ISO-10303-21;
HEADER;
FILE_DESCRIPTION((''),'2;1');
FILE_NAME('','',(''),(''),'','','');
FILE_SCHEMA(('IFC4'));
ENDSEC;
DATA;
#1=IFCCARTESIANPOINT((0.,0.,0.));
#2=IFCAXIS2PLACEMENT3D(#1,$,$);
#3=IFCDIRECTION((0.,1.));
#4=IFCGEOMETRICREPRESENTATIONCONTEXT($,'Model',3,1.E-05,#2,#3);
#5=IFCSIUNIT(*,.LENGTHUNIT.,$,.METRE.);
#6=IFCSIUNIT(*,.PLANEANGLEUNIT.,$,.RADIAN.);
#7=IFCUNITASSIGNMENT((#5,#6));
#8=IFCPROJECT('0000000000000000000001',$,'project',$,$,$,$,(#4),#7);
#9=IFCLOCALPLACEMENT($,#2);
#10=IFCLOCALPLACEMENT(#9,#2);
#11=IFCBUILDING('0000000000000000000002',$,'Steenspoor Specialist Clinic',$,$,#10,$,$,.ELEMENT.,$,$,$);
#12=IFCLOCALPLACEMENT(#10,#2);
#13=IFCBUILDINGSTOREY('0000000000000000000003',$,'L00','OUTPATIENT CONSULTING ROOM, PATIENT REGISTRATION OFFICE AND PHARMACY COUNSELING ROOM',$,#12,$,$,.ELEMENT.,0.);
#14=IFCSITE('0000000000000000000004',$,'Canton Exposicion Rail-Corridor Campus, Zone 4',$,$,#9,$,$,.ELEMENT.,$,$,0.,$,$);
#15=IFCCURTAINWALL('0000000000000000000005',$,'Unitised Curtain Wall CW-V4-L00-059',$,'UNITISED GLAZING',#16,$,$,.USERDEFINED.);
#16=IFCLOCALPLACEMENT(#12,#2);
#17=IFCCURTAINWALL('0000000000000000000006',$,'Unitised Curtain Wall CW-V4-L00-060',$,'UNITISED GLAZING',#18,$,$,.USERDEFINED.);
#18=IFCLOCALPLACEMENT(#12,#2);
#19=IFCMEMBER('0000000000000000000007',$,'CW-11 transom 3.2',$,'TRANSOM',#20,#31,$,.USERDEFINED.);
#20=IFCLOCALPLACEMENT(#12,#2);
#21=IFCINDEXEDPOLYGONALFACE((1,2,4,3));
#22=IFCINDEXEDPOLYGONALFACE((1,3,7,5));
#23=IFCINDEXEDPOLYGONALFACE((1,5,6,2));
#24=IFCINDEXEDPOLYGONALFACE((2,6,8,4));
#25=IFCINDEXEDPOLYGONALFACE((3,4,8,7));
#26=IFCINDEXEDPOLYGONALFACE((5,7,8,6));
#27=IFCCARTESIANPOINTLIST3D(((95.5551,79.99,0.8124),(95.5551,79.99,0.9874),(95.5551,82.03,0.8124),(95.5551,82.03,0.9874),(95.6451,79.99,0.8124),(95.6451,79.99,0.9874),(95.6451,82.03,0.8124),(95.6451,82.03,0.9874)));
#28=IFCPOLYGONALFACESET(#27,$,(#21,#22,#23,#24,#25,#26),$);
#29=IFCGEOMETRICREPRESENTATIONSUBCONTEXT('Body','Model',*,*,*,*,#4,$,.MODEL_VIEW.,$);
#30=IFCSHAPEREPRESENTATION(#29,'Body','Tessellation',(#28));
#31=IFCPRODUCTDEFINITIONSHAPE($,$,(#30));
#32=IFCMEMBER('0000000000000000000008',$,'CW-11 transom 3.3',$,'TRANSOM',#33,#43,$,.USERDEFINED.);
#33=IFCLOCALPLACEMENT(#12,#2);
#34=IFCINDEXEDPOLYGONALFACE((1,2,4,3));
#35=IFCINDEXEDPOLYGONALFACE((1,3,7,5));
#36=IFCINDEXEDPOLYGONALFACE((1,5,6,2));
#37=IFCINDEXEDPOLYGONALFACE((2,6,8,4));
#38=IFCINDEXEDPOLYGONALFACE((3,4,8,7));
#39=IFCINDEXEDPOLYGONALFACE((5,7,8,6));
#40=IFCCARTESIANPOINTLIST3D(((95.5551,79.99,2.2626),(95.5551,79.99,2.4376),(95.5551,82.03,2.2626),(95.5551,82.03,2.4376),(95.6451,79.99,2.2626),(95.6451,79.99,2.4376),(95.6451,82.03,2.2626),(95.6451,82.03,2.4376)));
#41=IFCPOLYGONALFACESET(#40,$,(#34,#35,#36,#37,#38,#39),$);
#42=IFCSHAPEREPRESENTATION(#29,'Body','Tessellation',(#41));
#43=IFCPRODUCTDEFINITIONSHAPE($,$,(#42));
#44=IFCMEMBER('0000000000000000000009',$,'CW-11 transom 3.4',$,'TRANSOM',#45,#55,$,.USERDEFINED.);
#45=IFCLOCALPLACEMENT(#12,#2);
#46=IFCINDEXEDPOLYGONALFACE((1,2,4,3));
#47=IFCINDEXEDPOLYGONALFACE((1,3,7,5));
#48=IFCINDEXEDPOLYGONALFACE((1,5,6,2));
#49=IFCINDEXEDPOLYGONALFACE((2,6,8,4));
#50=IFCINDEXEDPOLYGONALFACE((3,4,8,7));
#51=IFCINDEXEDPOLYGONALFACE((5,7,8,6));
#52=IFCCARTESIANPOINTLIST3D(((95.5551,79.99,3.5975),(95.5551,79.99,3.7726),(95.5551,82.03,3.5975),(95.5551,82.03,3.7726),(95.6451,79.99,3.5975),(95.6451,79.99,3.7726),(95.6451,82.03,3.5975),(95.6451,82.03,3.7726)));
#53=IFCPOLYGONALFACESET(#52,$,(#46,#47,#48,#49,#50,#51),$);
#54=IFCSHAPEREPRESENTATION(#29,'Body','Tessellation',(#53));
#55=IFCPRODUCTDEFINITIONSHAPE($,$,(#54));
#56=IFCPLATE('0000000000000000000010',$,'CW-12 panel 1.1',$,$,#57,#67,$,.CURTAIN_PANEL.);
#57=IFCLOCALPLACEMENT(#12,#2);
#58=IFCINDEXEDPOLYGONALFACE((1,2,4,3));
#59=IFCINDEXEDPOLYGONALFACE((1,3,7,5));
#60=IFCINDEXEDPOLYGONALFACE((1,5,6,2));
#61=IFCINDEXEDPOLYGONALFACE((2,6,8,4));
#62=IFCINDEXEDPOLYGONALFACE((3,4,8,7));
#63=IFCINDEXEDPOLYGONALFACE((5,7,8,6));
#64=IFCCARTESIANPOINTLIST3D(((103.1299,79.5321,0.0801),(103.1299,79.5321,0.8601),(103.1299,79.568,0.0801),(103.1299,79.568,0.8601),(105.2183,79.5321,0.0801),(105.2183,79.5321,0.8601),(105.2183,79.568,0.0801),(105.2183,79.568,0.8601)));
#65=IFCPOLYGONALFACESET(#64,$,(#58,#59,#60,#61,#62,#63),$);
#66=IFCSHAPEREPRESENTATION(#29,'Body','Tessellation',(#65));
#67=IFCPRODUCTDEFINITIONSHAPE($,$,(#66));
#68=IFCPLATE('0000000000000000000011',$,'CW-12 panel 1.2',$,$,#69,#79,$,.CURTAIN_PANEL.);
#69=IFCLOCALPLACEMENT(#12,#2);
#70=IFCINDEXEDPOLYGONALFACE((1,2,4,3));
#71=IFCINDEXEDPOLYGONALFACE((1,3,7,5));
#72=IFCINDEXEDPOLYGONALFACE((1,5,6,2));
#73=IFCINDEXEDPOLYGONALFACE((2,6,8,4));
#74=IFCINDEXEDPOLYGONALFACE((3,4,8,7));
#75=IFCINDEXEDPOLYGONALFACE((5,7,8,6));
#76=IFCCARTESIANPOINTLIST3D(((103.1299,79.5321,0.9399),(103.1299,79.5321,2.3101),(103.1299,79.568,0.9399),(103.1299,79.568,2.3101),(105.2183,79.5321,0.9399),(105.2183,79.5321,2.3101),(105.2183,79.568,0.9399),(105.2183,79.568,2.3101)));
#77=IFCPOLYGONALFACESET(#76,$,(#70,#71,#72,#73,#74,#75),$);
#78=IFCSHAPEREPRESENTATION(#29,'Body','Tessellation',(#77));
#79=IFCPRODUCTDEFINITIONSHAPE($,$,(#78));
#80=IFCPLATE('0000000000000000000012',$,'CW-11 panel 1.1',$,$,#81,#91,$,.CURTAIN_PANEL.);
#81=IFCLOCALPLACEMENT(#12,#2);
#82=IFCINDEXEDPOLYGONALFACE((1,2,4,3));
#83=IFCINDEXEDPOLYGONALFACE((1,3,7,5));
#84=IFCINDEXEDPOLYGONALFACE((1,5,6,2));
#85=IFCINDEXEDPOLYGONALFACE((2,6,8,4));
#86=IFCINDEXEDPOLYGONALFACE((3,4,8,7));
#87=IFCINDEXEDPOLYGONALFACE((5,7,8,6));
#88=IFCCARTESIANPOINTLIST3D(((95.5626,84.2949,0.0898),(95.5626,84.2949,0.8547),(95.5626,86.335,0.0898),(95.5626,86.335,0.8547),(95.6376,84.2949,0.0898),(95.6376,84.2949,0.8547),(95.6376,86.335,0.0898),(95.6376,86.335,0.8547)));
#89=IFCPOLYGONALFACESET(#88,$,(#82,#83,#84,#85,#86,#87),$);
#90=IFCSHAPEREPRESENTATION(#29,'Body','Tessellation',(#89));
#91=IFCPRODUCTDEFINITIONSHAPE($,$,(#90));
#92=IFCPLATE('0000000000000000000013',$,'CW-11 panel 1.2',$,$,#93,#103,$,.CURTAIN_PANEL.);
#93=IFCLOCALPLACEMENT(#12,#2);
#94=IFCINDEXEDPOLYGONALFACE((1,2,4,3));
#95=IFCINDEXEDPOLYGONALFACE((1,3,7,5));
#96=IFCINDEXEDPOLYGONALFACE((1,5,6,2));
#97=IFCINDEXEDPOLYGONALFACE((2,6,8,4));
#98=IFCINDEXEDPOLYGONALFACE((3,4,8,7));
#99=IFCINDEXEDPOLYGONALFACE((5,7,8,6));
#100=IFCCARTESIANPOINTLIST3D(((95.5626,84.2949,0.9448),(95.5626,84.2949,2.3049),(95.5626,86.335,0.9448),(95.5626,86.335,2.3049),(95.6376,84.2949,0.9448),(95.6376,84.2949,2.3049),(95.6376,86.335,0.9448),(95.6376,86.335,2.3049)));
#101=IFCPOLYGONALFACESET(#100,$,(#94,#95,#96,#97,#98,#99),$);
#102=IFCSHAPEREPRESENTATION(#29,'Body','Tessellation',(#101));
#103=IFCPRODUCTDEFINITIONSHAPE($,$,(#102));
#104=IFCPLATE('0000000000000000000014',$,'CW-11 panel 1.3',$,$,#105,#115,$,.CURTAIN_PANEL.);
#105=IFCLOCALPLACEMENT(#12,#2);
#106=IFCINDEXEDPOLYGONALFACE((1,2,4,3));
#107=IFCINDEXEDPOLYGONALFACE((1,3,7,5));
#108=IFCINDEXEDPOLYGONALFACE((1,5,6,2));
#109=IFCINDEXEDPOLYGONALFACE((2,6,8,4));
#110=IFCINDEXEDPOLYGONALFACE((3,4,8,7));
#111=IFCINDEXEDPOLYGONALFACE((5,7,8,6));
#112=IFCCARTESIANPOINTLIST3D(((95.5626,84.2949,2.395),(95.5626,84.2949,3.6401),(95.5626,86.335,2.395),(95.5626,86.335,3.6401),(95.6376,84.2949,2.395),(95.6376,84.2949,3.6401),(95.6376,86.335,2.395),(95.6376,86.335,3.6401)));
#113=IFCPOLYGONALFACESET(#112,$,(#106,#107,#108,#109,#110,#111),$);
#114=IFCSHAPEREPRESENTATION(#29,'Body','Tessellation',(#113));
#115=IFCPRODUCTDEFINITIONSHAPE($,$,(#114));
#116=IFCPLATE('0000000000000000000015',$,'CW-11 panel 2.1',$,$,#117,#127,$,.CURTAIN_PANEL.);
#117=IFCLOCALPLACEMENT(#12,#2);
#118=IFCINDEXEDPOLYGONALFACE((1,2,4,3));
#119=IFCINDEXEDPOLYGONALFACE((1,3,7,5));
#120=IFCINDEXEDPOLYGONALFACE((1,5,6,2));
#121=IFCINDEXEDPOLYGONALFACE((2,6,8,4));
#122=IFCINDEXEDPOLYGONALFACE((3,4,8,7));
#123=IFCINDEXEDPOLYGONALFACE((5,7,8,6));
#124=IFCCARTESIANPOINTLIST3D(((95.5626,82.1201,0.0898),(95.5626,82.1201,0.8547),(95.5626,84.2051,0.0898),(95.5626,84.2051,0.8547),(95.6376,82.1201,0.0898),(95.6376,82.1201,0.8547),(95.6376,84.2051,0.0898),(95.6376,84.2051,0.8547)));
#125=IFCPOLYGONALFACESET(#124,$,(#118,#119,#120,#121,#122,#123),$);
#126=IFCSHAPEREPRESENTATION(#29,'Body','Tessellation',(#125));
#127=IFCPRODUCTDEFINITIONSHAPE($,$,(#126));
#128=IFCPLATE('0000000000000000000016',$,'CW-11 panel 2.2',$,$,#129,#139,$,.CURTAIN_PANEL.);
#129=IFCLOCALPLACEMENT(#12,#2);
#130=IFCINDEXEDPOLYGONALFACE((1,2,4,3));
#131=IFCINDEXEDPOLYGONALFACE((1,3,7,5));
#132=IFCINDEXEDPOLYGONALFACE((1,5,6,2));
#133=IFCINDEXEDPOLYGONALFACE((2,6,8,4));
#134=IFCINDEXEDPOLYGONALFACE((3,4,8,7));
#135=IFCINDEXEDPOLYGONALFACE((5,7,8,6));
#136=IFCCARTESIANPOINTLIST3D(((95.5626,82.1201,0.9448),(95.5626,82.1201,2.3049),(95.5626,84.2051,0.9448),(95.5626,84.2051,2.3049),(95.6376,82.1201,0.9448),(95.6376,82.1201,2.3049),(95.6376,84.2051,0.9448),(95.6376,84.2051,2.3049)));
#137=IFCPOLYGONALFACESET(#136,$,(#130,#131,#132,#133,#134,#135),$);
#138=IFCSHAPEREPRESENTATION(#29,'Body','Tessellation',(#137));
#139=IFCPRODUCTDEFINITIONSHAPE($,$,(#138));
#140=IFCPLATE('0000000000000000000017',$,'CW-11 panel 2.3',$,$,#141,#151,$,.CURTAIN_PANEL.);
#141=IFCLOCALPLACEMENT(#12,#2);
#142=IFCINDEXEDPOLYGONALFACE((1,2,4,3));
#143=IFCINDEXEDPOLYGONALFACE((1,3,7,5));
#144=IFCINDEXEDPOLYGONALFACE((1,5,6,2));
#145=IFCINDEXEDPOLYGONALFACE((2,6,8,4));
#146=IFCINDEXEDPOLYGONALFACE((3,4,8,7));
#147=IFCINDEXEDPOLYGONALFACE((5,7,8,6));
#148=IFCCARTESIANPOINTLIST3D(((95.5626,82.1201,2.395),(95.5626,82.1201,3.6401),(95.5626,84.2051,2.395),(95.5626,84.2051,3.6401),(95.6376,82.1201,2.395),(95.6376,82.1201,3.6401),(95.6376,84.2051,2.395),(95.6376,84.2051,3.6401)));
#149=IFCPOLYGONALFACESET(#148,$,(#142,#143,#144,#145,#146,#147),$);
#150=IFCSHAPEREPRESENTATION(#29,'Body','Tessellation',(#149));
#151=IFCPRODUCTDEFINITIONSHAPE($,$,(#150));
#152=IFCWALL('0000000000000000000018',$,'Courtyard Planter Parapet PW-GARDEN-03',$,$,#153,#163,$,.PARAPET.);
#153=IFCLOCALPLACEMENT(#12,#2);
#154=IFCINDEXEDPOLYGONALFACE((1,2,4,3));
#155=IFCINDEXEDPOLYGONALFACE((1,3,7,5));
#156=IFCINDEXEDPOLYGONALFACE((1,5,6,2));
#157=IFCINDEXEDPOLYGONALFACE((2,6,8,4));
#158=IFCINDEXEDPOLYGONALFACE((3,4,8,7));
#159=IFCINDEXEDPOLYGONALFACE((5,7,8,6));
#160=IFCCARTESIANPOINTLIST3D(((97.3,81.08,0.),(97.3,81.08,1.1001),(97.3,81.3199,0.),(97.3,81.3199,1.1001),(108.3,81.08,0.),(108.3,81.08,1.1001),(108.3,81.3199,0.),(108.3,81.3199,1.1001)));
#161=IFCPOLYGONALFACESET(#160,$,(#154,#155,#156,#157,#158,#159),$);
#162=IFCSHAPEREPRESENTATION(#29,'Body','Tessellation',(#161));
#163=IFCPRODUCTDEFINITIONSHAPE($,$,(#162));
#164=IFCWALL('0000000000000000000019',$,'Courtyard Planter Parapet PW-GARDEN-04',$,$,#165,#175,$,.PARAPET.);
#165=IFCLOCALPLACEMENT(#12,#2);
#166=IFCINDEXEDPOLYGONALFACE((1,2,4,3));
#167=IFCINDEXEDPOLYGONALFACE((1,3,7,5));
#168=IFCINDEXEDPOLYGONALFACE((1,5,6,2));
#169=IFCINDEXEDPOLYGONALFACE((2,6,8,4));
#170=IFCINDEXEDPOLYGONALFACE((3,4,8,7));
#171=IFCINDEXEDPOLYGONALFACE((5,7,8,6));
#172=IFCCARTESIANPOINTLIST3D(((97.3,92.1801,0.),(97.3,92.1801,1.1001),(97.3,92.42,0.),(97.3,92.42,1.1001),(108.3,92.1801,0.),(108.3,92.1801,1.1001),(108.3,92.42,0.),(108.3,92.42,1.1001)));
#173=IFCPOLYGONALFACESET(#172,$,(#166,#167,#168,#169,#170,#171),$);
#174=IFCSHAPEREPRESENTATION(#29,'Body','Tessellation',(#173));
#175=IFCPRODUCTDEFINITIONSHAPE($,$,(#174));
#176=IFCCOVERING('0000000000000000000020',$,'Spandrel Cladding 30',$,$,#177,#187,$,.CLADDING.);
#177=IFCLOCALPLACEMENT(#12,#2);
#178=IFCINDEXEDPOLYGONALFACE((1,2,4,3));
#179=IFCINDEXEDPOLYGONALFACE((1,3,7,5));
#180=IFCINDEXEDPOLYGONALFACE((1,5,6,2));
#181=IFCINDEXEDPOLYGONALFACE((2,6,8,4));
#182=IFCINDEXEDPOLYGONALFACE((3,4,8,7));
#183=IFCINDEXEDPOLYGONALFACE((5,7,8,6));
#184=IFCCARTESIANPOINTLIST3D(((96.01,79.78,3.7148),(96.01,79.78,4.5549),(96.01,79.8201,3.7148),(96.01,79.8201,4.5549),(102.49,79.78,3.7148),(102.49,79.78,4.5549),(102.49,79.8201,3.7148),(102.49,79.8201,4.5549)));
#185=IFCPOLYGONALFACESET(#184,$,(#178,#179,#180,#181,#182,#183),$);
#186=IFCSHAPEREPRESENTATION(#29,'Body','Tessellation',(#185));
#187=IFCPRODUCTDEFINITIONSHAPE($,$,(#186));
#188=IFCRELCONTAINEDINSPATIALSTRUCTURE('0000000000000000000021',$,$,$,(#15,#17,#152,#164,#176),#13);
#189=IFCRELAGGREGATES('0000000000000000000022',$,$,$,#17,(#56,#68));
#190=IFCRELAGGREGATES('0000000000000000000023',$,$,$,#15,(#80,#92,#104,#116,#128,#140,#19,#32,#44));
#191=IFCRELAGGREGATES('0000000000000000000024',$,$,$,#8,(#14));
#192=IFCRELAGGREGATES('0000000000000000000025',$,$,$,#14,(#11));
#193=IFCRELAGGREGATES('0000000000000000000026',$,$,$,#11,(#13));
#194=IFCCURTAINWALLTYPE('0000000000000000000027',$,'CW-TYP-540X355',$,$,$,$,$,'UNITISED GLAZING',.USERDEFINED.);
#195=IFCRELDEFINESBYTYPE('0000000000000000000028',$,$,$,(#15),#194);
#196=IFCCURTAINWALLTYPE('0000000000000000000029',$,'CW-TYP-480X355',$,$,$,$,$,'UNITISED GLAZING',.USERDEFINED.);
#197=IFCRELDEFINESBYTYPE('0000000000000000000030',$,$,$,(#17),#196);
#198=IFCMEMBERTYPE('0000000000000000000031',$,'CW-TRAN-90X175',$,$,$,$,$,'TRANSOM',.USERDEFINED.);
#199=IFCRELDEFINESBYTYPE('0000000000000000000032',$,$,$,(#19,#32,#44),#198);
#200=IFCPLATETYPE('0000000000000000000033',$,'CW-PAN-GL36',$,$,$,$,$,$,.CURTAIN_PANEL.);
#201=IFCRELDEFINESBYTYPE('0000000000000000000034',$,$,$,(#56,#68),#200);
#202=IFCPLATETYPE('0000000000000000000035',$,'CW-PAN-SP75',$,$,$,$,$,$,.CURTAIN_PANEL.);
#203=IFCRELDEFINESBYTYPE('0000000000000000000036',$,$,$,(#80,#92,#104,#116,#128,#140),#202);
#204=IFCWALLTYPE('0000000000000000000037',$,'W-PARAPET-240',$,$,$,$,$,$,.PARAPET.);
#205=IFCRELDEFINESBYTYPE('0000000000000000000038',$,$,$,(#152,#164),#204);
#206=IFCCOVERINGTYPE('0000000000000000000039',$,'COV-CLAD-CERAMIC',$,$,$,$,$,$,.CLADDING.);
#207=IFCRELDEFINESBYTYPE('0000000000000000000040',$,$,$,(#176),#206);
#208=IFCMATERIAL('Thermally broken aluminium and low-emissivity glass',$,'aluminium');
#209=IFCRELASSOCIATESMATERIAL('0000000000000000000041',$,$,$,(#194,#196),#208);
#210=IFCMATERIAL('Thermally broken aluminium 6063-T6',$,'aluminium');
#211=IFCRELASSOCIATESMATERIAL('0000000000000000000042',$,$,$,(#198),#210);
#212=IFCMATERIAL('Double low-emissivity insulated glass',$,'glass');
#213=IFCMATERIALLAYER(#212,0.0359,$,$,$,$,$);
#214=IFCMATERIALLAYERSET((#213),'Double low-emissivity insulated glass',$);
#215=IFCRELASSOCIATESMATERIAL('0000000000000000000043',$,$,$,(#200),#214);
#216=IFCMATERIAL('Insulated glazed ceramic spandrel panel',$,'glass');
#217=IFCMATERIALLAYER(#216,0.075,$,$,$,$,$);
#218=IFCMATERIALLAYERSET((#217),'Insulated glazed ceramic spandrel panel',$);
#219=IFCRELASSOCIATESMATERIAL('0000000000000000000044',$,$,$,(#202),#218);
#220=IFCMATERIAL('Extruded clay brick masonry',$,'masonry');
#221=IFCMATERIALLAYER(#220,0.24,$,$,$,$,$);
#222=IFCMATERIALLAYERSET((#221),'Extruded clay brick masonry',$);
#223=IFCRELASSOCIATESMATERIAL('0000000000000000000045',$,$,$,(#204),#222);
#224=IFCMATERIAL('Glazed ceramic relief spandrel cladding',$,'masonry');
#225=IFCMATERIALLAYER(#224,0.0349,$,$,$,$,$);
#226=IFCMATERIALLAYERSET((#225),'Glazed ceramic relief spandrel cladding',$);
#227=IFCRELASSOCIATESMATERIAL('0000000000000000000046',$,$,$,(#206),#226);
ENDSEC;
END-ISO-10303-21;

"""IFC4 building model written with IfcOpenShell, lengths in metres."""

from ifc_helpers import new_model, si_unit, direction, frame, frame_2d, origin, origin_2d, place, context, subcontext, project, spatial, rectangle, extrude, material, layer, layer_set, material_profile, profile_set, type_object, element, aggregate, save


model = new_model("IFC4")

# Units and contexts
model_context = context("Model", 3, precision=1e-05, world=origin(), true_north=direction((0.0, 1.0)))
body_context = subcontext(model_context, "Body", "Model", "MODEL_VIEW")
ifc_project = project(units=[si_unit("LENGTHUNIT", "METRE"), si_unit("PLANEANGLEUNIT", "RADIAN")], contexts=[model_context])

# Site, building, storey
site_placement = place(None, origin())
site = spatial("IfcSite", under=ifc_project, at=site_placement, Name="Canton Exposicion Rail-Corridor Campus, Zone 4", CompositionType="ELEMENT", RefElevation=0.0)
building_placement = place(site_placement, origin())
building = spatial("IfcBuilding", under=site, at=building_placement, Name="Steenspoor Specialist Clinic", CompositionType="ELEMENT")
storey_placement = place(building_placement, origin())
storey = spatial("IfcBuildingStorey", under=building, at=storey_placement, Name="L00", Description="OUTPATIENT CONSULTING ROOM, PATIENT REGISTRATION OFFICE AND PHARMACY COUNSELING ROOM", CompositionType="ELEMENT", Elevation=0.0)

# Curtain walls
ifc_material_1 = material(Name="Thermally broken aluminium and low-emissivity glass", Category="aluminium")
curtain_wall_type_1 = type_object("IfcCurtainWallType", Name="CW-TYP-540X355", ElementType="UNITISED GLAZING", PredefinedType="USERDEFINED", material=ifc_material_1)
curtain_wall_1_placement = place(storey_placement, origin())
curtain_wall_1 = element("IfcCurtainWall", 1, at=curtain_wall_1_placement, inside=storey, type_object=curtain_wall_type_1, Name="Unitised Curtain Wall CW-V4-L00-059", ObjectType="UNITISED GLAZING", PredefinedType="USERDEFINED")
ifc_material_2 = material(Name="Thermally broken aluminium 6063-T6", Category="aluminium")
curtain_wall_type_2 = type_object("IfcCurtainWallType", Name="CW-TYP-480X355", ElementType="UNITISED GLAZING", PredefinedType="USERDEFINED", material=ifc_material_1)
curtain_wall_2_placement = place(storey_placement, origin())
curtain_wall_2 = element("IfcCurtainWall", 2, at=curtain_wall_2_placement, inside=storey, type_object=curtain_wall_type_2, Name="Unitised Curtain Wall CW-V4-L00-060", ObjectType="UNITISED GLAZING", PredefinedType="USERDEFINED")

# Members
ifc_material_profile_1 = material_profile(ifc_material_2, rectangle(XDim=0.0901, YDim=0.175, at=origin_2d()), Name="CWT-90X175")
ifc_profile_set_1 = profile_set([ifc_material_profile_1], Name="Thermally broken aluminium 6063-T6")
member_type_1 = type_object("IfcMemberType", Name="CW-TRAN-90X175", ElementType="TRANSOM", PredefinedType="USERDEFINED", material=ifc_profile_set_1)
member_1_placement = place(storey_placement, frame((95.6001, 82.03, 0.8999), z_axis=(0.0, -1.0, 0.0), x_axis=(1.0, 0.0, 0.0)))
member_1 = element("IfcMember", 3, at=member_1_placement, type_object=member_type_1, Name="CW-11 transom 3.2", ObjectType="TRANSOM", PredefinedType="USERDEFINED", context=body_context, shape_type="SweptSolid", body=[
    extrude(rectangle(XDim=0.0901, YDim=0.175, at=origin_2d()), origin(), (0.0, 0.0, 1.0), 2.04),
])
member_2_placement = place(storey_placement, frame((95.6001, 82.03, 2.3501), z_axis=(0.0, -1.0, 0.0), x_axis=(1.0, 0.0, 0.0)))
member_2 = element("IfcMember", 4, at=member_2_placement, type_object=member_type_1, Name="CW-11 transom 3.3", ObjectType="TRANSOM", PredefinedType="USERDEFINED", context=body_context, shape_type="SweptSolid", body=[
    extrude(rectangle(XDim=0.0901, YDim=0.175, at=origin_2d()), origin(), (0.0, 0.0, 1.0), 2.04),
])
member_3_placement = place(storey_placement, frame((95.6001, 82.03, 3.6851), z_axis=(0.0, -1.0, 0.0), x_axis=(1.0, 0.0, 0.0)))
member_3 = element("IfcMember", 5, at=member_3_placement, type_object=member_type_1, Name="CW-11 transom 3.4", ObjectType="TRANSOM", PredefinedType="USERDEFINED", context=body_context, shape_type="SweptSolid", body=[
    extrude(rectangle(XDim=0.0901, YDim=0.175, at=origin_2d()), origin(), (0.0, 0.0, 1.0), 2.04),
])

# Plates
ifc_material_3 = material(Name="Double low-emissivity insulated glass", Category="glass")
ifc_layer_1 = layer(ifc_material_3, 0.0359)
ifc_layer_set_1 = layer_set([ifc_layer_1], Name="Double low-emissivity insulated glass")
plate_type_1 = type_object("IfcPlateType", Name="CW-PAN-GL36", PredefinedType="CURTAIN_PANEL", material=ifc_layer_set_1)
plate_1_placement = place(storey_placement, frame((104.1741, 79.55, 0.0801), z_axis=(0.0, 0.0, 1.0), x_axis=(1.0, 0.0, 0.0)))
plate_1 = element("IfcPlate", 6, at=plate_1_placement, type_object=plate_type_1, Name="CW-12 panel 1.1", PredefinedType="CURTAIN_PANEL", context=body_context, shape_type="SweptSolid", body=[
    extrude(rectangle(XDim=2.0884, YDim=0.0359, at=origin_2d()), origin(), (0.0, 0.0, 1.0), 0.78),
])
plate_2_placement = place(storey_placement, frame((104.1741, 79.55, 0.9399), z_axis=(0.0, 0.0, 1.0), x_axis=(1.0, 0.0, 0.0)))
plate_2 = element("IfcPlate", 7, at=plate_2_placement, type_object=plate_type_1, Name="CW-12 panel 1.2", PredefinedType="CURTAIN_PANEL", context=body_context, shape_type="SweptSolid", body=[
    extrude(rectangle(XDim=2.0884, YDim=0.0359, at=origin_2d()), origin(), (0.0, 0.0, 1.0), 1.3701),
])
aggregate(curtain_wall_2, [plate_1, plate_2])
ifc_material_4 = material(Name="Insulated glazed ceramic spandrel panel", Category="glass")
ifc_layer_2 = layer(ifc_material_4, 0.075)
ifc_layer_set_2 = layer_set([ifc_layer_2], Name="Insulated glazed ceramic spandrel panel")
plate_type_2 = type_object("IfcPlateType", Name="CW-PAN-SP75", PredefinedType="CURTAIN_PANEL", material=ifc_layer_set_2)
plate_3_placement = place(storey_placement, frame((95.6001, 85.3149, 0.0898), z_axis=(0.0, 0.0, 1.0), x_axis=(0.0, -1.0, 0.0)))
plate_3 = element("IfcPlate", 8, at=plate_3_placement, type_object=plate_type_2, Name="CW-11 panel 1.1", PredefinedType="CURTAIN_PANEL", context=body_context, shape_type="SweptSolid", body=[
    extrude(rectangle(XDim=2.04, YDim=0.075, at=origin_2d()), origin(), (0.0, 0.0, 1.0), 0.7649),
])
plate_4_placement = place(storey_placement, frame((95.6001, 85.3149, 0.9448), z_axis=(0.0, 0.0, 1.0), x_axis=(0.0, -1.0, 0.0)))
plate_4 = element("IfcPlate", 9, at=plate_4_placement, type_object=plate_type_2, Name="CW-11 panel 1.2", PredefinedType="CURTAIN_PANEL", context=body_context, shape_type="SweptSolid", body=[
    extrude(rectangle(XDim=2.04, YDim=0.075, at=origin_2d()), origin(), (0.0, 0.0, 1.0), 1.3601),
])
plate_5_placement = place(storey_placement, frame((95.6001, 85.3149, 2.395), z_axis=(0.0, 0.0, 1.0), x_axis=(0.0, -1.0, 0.0)))
plate_5 = element("IfcPlate", 10, at=plate_5_placement, type_object=plate_type_2, Name="CW-11 panel 1.3", PredefinedType="CURTAIN_PANEL", context=body_context, shape_type="SweptSolid", body=[
    extrude(rectangle(XDim=2.04, YDim=0.075, at=origin_2d()), origin(), (0.0, 0.0, 1.0), 1.2451),
])
plate_6_placement = place(storey_placement, frame((95.6001, 83.1626, 0.0898), z_axis=(0.0, 0.0, 1.0), x_axis=(0.0, -1.0, 0.0)))
plate_6 = element("IfcPlate", 11, at=plate_6_placement, type_object=plate_type_2, Name="CW-11 panel 2.1", PredefinedType="CURTAIN_PANEL", context=body_context, shape_type="SweptSolid", body=[
    extrude(rectangle(XDim=2.085, YDim=0.075, at=origin_2d()), origin(), (0.0, 0.0, 1.0), 0.7649),
])
plate_7_placement = place(storey_placement, frame((95.6001, 83.1626, 0.9448), z_axis=(0.0, 0.0, 1.0), x_axis=(0.0, -1.0, 0.0)))
plate_7 = element("IfcPlate", 12, at=plate_7_placement, type_object=plate_type_2, Name="CW-11 panel 2.2", PredefinedType="CURTAIN_PANEL", context=body_context, shape_type="SweptSolid", body=[
    extrude(rectangle(XDim=2.085, YDim=0.075, at=origin_2d()), origin(), (0.0, 0.0, 1.0), 1.3601),
])
plate_8_placement = place(storey_placement, frame((95.6001, 83.1626, 2.395), z_axis=(0.0, 0.0, 1.0), x_axis=(0.0, -1.0, 0.0)))
plate_8 = element("IfcPlate", 13, at=plate_8_placement, type_object=plate_type_2, Name="CW-11 panel 2.3", PredefinedType="CURTAIN_PANEL", context=body_context, shape_type="SweptSolid", body=[
    extrude(rectangle(XDim=2.085, YDim=0.075, at=origin_2d()), origin(), (0.0, 0.0, 1.0), 1.2451),
])
aggregate(curtain_wall_1, [plate_3, plate_4, plate_5, plate_6, plate_7, plate_8, member_1, member_2, member_3])

# Walls
ifc_material_5 = material(Name="Extruded clay brick masonry", Category="masonry")
ifc_layer_3 = layer(ifc_material_5, 0.24)
ifc_layer_set_3 = layer_set([ifc_layer_3], Name="Extruded clay brick masonry")
wall_type = type_object("IfcWallType", Name="W-PARAPET-240", PredefinedType="PARAPET", material=ifc_layer_set_3)
for number, where, z_axis, x_axis, name in (
    (14, (97.3, 81.2, 0.0), (0.0, 0.0, 1.0), (1.0, 0.0, 0.0), "Courtyard Planter Parapet PW-GARDEN-03"),
    (15, (97.3, 92.3, 0.0), (0.0, 0.0, 1.0), (1.0, 0.0, 0.0), "Courtyard Planter Parapet PW-GARDEN-04"),
):
    element("IfcWall", number, at=place(storey_placement, frame(where, z_axis=z_axis, x_axis=x_axis)), inside=storey, type_object=wall_type, Name=name, PredefinedType="PARAPET", context=body_context, shape_type="SweptSolid", body=[
        extrude(rectangle(XDim=11.0, YDim=0.24, at=frame_2d((5.5, 0.0))), origin(), (0.0, 0.0, 1.0), 1.1001),
    ])

# Covering
ifc_material_6 = material(Name="Glazed ceramic relief spandrel cladding", Category="masonry")
ifc_layer_4 = layer(ifc_material_6, 0.0349)
ifc_layer_set_4 = layer_set([ifc_layer_4], Name="Glazed ceramic relief spandrel cladding")
covering_type = type_object("IfcCoveringType", Name="COV-CLAD-CERAMIC", PredefinedType="CLADDING", material=ifc_layer_set_4)
covering_placement = place(storey_placement, frame((99.25, 79.8, 3.7148), z_axis=(0.0, 0.0, 1.0), x_axis=(1.0, 0.0, 0.0)))
element("IfcCovering", 16, at=covering_placement, inside=storey, type_object=covering_type, Name="Spandrel Cladding 30", PredefinedType="CLADDING", context=body_context, shape_type="SweptSolid", body=[
    extrude(rectangle(XDim=6.48, YDim=0.04, at=origin_2d()), origin(), (0.0, 0.0, 1.0), 0.8401),
])

save(model, "model.ifc")
